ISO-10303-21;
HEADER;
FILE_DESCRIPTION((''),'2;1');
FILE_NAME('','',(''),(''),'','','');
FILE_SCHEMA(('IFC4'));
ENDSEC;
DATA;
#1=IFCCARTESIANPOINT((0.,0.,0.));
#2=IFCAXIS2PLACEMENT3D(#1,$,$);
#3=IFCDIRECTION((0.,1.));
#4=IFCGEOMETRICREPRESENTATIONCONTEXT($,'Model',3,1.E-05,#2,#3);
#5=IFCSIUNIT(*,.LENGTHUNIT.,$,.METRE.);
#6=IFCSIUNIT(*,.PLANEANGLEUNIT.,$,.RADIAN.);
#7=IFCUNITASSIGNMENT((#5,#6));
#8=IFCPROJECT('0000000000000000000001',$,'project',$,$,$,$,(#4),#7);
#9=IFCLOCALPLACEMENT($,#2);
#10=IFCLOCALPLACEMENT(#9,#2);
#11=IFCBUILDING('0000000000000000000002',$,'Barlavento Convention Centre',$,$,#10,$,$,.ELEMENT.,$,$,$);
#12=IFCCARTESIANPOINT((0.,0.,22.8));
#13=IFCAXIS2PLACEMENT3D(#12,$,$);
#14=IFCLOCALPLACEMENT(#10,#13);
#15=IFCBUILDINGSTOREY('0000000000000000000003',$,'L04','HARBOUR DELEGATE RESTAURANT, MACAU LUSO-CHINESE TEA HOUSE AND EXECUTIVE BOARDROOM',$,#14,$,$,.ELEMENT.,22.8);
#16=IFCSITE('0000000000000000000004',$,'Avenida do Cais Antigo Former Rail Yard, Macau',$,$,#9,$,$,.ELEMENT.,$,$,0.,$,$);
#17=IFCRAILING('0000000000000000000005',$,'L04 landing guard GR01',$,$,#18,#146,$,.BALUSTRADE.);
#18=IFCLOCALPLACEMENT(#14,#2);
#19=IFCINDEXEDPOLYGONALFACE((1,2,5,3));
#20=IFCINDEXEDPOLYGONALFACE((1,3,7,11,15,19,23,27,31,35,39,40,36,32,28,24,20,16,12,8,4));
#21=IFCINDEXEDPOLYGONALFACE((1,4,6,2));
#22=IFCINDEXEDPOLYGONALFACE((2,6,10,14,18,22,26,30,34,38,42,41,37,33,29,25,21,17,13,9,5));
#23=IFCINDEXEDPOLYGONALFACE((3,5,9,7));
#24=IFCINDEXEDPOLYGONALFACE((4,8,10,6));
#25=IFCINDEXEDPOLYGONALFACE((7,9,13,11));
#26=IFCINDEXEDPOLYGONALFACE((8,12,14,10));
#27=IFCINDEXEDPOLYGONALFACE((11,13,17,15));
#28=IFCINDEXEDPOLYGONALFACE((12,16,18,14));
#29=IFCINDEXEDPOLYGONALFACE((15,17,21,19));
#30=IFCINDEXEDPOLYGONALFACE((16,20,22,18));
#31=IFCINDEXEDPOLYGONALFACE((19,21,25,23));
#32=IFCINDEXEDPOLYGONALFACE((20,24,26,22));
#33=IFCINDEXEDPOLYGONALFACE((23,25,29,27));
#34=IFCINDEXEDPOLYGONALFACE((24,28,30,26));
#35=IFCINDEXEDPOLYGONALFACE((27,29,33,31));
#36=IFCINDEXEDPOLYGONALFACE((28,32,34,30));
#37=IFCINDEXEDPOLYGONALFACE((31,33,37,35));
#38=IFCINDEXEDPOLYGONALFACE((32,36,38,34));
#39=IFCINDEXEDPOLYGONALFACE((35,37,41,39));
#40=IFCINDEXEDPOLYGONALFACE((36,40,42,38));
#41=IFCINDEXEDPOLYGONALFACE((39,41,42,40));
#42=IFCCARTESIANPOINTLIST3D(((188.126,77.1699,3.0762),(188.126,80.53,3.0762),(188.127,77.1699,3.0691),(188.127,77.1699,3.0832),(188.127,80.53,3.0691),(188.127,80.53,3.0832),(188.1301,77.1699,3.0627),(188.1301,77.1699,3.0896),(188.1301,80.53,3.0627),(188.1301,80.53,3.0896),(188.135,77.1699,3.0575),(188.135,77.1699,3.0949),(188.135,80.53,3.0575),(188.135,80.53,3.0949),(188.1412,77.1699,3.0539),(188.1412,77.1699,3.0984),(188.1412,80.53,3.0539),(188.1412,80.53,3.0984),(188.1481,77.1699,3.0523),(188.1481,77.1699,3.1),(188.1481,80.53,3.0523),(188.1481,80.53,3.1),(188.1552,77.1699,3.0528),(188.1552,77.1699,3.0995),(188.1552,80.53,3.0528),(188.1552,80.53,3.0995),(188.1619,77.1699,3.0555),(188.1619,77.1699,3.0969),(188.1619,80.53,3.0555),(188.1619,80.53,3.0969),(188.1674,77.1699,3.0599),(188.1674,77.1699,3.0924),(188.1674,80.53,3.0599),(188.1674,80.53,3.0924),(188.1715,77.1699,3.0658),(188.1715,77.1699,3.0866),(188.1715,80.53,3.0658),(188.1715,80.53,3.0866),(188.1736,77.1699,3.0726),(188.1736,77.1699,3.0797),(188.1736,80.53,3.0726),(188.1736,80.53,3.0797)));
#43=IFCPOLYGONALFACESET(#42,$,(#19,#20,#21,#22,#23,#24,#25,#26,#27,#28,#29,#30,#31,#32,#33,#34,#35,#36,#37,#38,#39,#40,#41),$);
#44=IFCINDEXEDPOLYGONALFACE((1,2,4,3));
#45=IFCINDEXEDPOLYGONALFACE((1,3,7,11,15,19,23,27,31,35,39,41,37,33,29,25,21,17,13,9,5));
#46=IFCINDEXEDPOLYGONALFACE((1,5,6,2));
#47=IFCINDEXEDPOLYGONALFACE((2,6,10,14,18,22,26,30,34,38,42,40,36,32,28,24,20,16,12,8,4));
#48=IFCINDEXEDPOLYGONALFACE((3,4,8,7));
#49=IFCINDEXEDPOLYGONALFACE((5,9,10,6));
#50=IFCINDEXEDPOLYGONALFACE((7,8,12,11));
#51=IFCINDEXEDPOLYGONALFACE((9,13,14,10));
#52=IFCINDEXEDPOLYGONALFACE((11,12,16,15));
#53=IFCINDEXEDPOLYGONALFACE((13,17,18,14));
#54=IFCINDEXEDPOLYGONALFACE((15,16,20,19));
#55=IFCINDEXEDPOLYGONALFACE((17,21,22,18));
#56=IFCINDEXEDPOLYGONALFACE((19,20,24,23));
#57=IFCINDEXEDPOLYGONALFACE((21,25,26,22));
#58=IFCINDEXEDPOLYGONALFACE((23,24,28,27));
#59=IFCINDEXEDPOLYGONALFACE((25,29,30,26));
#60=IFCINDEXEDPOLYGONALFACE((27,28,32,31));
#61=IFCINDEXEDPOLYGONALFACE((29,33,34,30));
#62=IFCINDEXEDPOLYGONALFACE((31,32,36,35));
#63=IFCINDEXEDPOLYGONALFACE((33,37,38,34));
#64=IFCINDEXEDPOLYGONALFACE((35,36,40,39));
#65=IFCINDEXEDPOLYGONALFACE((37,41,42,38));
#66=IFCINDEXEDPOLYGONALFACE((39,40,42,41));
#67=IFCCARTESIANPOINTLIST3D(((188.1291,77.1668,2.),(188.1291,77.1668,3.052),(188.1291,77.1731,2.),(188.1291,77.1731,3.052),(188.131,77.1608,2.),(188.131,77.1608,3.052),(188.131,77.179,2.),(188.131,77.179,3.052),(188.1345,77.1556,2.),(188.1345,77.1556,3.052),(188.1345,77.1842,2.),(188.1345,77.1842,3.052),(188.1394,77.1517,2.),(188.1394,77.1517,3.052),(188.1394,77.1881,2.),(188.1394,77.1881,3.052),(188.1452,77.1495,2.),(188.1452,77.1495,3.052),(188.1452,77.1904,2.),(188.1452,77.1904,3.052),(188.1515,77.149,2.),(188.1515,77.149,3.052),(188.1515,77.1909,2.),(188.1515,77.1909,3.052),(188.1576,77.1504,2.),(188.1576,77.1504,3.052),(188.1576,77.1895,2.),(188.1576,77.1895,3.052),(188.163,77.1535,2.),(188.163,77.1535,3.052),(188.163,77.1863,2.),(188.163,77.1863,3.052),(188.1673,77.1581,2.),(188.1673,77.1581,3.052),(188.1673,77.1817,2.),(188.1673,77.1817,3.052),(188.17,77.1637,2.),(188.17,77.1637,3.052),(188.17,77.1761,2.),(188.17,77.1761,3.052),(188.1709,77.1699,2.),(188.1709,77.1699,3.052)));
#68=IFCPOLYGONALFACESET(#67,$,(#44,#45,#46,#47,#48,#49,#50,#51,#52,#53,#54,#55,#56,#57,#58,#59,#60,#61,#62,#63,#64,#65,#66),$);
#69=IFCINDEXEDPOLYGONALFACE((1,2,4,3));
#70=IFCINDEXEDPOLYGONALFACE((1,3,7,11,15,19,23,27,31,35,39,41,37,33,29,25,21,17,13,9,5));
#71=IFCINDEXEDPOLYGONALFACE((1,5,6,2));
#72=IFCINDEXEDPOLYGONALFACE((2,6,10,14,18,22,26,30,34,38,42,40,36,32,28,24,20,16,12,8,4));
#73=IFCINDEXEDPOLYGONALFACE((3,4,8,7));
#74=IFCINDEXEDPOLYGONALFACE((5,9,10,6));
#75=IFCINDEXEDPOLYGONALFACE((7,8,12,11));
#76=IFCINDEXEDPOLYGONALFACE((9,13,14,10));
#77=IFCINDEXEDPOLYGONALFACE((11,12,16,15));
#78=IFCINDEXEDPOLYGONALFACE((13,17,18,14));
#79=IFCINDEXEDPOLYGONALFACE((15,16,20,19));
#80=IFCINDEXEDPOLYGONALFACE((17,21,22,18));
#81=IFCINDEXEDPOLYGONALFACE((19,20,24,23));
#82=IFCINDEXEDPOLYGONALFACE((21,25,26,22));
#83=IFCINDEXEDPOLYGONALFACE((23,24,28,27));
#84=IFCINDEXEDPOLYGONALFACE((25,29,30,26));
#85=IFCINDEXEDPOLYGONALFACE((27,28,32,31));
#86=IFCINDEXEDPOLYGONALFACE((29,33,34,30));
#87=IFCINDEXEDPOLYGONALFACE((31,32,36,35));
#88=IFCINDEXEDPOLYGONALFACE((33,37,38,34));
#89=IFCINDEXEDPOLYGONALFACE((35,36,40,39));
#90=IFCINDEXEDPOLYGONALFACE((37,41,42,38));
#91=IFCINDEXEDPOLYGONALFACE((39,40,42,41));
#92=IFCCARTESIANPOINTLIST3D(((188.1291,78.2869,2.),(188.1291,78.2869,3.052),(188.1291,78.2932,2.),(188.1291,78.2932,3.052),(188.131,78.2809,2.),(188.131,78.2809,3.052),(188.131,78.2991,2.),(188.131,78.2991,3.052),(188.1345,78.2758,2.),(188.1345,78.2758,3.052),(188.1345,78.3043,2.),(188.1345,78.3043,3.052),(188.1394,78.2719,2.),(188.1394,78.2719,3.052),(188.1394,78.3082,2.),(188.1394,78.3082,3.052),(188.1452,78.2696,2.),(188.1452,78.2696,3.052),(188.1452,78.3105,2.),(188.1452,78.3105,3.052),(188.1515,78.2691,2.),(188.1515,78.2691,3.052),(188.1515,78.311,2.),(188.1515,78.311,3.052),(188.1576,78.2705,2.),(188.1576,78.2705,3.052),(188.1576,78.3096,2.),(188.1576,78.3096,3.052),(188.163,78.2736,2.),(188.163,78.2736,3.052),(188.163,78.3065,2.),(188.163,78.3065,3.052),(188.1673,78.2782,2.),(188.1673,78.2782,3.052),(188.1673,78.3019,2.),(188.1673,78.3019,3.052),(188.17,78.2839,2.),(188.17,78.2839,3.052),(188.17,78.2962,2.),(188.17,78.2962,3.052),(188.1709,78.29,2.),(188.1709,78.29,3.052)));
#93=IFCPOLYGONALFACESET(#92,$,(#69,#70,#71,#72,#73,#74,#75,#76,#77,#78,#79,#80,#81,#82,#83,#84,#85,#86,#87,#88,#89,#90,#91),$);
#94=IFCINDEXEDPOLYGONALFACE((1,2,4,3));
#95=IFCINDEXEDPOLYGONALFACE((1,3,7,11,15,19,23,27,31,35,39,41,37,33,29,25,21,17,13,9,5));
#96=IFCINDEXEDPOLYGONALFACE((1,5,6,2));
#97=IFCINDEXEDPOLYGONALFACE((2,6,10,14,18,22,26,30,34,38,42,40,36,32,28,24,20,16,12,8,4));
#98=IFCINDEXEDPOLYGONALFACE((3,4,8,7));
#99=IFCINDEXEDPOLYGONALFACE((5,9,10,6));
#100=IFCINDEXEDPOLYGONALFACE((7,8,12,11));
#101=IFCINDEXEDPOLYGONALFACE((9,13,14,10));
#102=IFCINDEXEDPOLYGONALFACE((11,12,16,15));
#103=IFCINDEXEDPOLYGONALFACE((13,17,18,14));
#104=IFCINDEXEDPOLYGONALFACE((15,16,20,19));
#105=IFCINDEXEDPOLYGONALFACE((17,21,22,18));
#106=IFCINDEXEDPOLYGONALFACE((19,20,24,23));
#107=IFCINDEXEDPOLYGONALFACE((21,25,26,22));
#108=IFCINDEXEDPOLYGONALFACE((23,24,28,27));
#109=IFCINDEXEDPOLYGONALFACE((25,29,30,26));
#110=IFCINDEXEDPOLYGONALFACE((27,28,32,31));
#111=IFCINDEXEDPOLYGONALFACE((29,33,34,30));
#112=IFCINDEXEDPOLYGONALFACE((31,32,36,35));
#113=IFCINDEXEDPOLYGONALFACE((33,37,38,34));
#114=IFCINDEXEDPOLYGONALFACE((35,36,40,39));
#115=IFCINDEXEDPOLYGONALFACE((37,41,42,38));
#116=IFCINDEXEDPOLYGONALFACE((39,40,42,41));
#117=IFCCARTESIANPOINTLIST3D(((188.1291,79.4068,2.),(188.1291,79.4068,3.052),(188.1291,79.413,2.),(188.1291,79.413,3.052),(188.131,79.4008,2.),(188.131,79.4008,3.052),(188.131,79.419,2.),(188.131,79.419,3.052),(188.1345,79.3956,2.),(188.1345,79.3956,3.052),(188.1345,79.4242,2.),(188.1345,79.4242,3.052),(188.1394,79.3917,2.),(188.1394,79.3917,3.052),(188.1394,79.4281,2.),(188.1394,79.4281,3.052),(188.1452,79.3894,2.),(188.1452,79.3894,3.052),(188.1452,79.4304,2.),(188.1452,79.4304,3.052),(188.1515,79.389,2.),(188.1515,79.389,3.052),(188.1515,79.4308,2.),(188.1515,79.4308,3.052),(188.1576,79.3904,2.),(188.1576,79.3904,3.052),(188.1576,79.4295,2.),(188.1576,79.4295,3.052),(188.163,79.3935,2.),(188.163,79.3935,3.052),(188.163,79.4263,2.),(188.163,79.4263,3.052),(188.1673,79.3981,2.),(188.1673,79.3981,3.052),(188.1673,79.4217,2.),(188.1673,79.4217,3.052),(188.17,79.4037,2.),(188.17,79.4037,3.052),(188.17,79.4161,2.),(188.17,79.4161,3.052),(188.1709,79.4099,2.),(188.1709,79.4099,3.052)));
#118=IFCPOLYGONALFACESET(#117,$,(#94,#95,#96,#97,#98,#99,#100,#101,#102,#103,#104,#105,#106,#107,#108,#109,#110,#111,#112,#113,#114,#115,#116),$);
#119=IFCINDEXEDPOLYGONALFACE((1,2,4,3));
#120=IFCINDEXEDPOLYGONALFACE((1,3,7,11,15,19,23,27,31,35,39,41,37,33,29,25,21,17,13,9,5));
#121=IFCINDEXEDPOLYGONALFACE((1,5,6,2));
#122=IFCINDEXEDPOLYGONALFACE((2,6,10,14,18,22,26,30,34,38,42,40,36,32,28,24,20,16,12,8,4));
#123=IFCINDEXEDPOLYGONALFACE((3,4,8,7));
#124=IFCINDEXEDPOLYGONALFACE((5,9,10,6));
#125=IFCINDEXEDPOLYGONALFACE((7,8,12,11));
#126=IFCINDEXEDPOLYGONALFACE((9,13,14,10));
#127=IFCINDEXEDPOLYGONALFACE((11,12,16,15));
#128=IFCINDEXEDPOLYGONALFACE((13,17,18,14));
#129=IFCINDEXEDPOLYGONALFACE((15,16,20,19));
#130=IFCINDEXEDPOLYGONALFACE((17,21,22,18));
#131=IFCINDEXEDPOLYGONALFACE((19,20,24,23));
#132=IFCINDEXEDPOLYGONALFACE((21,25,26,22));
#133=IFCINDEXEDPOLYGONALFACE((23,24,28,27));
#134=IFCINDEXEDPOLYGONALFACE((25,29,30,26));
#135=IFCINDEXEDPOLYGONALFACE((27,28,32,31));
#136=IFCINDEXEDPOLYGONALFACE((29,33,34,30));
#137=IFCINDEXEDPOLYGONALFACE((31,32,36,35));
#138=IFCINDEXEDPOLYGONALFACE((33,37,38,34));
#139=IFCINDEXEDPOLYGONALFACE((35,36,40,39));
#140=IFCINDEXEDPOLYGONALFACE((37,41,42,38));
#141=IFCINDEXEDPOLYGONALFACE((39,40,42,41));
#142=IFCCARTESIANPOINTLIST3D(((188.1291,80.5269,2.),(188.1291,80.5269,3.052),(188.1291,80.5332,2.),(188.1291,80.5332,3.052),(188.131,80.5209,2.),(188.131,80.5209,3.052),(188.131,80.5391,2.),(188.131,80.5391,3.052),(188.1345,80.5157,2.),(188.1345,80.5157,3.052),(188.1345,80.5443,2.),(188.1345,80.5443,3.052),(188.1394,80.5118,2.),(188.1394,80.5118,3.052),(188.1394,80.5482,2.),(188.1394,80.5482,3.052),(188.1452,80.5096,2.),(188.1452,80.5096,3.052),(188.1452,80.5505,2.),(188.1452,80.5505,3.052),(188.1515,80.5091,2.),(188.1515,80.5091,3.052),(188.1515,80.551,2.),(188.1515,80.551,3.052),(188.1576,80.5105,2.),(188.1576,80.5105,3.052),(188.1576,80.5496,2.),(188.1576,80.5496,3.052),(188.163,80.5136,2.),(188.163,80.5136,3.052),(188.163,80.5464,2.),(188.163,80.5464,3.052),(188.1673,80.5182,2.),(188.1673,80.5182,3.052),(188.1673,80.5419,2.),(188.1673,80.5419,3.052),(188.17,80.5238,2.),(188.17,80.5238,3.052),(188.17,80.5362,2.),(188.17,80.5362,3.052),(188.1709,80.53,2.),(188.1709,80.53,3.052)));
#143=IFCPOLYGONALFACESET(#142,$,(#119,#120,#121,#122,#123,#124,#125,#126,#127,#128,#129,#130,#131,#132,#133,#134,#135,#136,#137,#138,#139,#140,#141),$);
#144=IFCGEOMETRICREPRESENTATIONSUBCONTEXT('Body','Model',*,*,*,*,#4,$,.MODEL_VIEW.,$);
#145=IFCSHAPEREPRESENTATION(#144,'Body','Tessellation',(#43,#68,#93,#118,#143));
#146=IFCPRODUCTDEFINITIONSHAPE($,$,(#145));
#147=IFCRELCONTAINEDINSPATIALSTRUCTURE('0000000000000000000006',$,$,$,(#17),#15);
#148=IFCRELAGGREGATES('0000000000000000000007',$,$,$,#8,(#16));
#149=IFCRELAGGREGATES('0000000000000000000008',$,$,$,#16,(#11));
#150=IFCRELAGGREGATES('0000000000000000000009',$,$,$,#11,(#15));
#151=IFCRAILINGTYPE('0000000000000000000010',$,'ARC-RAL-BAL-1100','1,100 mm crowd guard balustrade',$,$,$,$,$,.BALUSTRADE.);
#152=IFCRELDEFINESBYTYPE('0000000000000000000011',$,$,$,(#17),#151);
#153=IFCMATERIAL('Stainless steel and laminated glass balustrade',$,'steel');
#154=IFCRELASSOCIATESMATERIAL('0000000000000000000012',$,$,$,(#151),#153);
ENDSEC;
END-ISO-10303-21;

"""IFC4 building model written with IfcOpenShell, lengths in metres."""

from ifc_helpers import new_model, si_unit, direction, frame, origin, origin_2d, place, context, subcontext, project, spatial, circle, extrude, material, type_object, element, save


model = new_model("IFC4")

# Units and contexts
model_context = context("Model", 3, precision=1e-05, world=origin(), true_north=direction((0.0, 1.0)))
body_context = subcontext(model_context, "Body", "Model", "MODEL_VIEW")
ifc_project = project(units=[si_unit("LENGTHUNIT", "METRE"), si_unit("PLANEANGLEUNIT", "RADIAN")], contexts=[model_context])

# Site, building, storey
site_placement = place(None, origin())
site = spatial("IfcSite", under=ifc_project, at=site_placement, Name="Avenida do Cais Antigo Former Rail Yard, Macau", CompositionType="ELEMENT", RefElevation=0.0)
building_placement = place(site_placement, origin())
building = spatial("IfcBuilding", under=site, at=building_placement, Name="Barlavento Convention Centre", CompositionType="ELEMENT")
storey_placement = place(building_placement, frame((0.0, 0.0, 22.8)))
storey = spatial("IfcBuildingStorey", under=building, at=storey_placement, Name="L04", Description="HARBOUR DELEGATE RESTAURANT, MACAU LUSO-CHINESE TEA HOUSE AND EXECUTIVE BOARDROOM", CompositionType="ELEMENT", Elevation=22.8)

# Railing
ifc_material_1 = material(Name="Stainless steel and laminated glass balustrade", Category="steel")
railing_type_1 = type_object("IfcRailingType", Name="ARC-RAL-BAL-1100", Description="1,100 mm crowd guard balustrade", PredefinedType="BALUSTRADE", material=ifc_material_1)
railing_1_placement = place(storey_placement, frame((188.1499, 77.1699, 2.0)))
element("IfcRailing", 1, at=railing_1_placement, inside=storey, type_object=railing_type_1, Name="L04 landing guard GR01", PredefinedType="BALUSTRADE", context=body_context, shape_type="SweptSolid", body=[
    extrude(circle(Radius=0.0239, at=origin_2d()), frame((0.0, 0.0, 1.0762), z_axis=(0.0, 1.0, 0.0), x_axis=(-1.0, 0.0, 0.0)), (0.0, 0.0, 1.0), 3.3601),
    extrude(circle(Radius=0.021, at=origin_2d()), origin(), (0.0, 0.0, 1.0), 1.052),
    extrude(circle(Radius=0.021, at=origin_2d()), frame((0.0, 1.1201, 0.0)), (0.0, 0.0, 1.0), 1.052),
    extrude(circle(Radius=0.021, at=origin_2d()), frame((0.0, 2.24, 0.0)), (0.0, 0.0, 1.0), 1.052),
    extrude(circle(Radius=0.021, at=origin_2d()), frame((0.0, 3.3601, 0.0)), (0.0, 0.0, 1.0), 1.052),
])

save(model, "model.ifc")
